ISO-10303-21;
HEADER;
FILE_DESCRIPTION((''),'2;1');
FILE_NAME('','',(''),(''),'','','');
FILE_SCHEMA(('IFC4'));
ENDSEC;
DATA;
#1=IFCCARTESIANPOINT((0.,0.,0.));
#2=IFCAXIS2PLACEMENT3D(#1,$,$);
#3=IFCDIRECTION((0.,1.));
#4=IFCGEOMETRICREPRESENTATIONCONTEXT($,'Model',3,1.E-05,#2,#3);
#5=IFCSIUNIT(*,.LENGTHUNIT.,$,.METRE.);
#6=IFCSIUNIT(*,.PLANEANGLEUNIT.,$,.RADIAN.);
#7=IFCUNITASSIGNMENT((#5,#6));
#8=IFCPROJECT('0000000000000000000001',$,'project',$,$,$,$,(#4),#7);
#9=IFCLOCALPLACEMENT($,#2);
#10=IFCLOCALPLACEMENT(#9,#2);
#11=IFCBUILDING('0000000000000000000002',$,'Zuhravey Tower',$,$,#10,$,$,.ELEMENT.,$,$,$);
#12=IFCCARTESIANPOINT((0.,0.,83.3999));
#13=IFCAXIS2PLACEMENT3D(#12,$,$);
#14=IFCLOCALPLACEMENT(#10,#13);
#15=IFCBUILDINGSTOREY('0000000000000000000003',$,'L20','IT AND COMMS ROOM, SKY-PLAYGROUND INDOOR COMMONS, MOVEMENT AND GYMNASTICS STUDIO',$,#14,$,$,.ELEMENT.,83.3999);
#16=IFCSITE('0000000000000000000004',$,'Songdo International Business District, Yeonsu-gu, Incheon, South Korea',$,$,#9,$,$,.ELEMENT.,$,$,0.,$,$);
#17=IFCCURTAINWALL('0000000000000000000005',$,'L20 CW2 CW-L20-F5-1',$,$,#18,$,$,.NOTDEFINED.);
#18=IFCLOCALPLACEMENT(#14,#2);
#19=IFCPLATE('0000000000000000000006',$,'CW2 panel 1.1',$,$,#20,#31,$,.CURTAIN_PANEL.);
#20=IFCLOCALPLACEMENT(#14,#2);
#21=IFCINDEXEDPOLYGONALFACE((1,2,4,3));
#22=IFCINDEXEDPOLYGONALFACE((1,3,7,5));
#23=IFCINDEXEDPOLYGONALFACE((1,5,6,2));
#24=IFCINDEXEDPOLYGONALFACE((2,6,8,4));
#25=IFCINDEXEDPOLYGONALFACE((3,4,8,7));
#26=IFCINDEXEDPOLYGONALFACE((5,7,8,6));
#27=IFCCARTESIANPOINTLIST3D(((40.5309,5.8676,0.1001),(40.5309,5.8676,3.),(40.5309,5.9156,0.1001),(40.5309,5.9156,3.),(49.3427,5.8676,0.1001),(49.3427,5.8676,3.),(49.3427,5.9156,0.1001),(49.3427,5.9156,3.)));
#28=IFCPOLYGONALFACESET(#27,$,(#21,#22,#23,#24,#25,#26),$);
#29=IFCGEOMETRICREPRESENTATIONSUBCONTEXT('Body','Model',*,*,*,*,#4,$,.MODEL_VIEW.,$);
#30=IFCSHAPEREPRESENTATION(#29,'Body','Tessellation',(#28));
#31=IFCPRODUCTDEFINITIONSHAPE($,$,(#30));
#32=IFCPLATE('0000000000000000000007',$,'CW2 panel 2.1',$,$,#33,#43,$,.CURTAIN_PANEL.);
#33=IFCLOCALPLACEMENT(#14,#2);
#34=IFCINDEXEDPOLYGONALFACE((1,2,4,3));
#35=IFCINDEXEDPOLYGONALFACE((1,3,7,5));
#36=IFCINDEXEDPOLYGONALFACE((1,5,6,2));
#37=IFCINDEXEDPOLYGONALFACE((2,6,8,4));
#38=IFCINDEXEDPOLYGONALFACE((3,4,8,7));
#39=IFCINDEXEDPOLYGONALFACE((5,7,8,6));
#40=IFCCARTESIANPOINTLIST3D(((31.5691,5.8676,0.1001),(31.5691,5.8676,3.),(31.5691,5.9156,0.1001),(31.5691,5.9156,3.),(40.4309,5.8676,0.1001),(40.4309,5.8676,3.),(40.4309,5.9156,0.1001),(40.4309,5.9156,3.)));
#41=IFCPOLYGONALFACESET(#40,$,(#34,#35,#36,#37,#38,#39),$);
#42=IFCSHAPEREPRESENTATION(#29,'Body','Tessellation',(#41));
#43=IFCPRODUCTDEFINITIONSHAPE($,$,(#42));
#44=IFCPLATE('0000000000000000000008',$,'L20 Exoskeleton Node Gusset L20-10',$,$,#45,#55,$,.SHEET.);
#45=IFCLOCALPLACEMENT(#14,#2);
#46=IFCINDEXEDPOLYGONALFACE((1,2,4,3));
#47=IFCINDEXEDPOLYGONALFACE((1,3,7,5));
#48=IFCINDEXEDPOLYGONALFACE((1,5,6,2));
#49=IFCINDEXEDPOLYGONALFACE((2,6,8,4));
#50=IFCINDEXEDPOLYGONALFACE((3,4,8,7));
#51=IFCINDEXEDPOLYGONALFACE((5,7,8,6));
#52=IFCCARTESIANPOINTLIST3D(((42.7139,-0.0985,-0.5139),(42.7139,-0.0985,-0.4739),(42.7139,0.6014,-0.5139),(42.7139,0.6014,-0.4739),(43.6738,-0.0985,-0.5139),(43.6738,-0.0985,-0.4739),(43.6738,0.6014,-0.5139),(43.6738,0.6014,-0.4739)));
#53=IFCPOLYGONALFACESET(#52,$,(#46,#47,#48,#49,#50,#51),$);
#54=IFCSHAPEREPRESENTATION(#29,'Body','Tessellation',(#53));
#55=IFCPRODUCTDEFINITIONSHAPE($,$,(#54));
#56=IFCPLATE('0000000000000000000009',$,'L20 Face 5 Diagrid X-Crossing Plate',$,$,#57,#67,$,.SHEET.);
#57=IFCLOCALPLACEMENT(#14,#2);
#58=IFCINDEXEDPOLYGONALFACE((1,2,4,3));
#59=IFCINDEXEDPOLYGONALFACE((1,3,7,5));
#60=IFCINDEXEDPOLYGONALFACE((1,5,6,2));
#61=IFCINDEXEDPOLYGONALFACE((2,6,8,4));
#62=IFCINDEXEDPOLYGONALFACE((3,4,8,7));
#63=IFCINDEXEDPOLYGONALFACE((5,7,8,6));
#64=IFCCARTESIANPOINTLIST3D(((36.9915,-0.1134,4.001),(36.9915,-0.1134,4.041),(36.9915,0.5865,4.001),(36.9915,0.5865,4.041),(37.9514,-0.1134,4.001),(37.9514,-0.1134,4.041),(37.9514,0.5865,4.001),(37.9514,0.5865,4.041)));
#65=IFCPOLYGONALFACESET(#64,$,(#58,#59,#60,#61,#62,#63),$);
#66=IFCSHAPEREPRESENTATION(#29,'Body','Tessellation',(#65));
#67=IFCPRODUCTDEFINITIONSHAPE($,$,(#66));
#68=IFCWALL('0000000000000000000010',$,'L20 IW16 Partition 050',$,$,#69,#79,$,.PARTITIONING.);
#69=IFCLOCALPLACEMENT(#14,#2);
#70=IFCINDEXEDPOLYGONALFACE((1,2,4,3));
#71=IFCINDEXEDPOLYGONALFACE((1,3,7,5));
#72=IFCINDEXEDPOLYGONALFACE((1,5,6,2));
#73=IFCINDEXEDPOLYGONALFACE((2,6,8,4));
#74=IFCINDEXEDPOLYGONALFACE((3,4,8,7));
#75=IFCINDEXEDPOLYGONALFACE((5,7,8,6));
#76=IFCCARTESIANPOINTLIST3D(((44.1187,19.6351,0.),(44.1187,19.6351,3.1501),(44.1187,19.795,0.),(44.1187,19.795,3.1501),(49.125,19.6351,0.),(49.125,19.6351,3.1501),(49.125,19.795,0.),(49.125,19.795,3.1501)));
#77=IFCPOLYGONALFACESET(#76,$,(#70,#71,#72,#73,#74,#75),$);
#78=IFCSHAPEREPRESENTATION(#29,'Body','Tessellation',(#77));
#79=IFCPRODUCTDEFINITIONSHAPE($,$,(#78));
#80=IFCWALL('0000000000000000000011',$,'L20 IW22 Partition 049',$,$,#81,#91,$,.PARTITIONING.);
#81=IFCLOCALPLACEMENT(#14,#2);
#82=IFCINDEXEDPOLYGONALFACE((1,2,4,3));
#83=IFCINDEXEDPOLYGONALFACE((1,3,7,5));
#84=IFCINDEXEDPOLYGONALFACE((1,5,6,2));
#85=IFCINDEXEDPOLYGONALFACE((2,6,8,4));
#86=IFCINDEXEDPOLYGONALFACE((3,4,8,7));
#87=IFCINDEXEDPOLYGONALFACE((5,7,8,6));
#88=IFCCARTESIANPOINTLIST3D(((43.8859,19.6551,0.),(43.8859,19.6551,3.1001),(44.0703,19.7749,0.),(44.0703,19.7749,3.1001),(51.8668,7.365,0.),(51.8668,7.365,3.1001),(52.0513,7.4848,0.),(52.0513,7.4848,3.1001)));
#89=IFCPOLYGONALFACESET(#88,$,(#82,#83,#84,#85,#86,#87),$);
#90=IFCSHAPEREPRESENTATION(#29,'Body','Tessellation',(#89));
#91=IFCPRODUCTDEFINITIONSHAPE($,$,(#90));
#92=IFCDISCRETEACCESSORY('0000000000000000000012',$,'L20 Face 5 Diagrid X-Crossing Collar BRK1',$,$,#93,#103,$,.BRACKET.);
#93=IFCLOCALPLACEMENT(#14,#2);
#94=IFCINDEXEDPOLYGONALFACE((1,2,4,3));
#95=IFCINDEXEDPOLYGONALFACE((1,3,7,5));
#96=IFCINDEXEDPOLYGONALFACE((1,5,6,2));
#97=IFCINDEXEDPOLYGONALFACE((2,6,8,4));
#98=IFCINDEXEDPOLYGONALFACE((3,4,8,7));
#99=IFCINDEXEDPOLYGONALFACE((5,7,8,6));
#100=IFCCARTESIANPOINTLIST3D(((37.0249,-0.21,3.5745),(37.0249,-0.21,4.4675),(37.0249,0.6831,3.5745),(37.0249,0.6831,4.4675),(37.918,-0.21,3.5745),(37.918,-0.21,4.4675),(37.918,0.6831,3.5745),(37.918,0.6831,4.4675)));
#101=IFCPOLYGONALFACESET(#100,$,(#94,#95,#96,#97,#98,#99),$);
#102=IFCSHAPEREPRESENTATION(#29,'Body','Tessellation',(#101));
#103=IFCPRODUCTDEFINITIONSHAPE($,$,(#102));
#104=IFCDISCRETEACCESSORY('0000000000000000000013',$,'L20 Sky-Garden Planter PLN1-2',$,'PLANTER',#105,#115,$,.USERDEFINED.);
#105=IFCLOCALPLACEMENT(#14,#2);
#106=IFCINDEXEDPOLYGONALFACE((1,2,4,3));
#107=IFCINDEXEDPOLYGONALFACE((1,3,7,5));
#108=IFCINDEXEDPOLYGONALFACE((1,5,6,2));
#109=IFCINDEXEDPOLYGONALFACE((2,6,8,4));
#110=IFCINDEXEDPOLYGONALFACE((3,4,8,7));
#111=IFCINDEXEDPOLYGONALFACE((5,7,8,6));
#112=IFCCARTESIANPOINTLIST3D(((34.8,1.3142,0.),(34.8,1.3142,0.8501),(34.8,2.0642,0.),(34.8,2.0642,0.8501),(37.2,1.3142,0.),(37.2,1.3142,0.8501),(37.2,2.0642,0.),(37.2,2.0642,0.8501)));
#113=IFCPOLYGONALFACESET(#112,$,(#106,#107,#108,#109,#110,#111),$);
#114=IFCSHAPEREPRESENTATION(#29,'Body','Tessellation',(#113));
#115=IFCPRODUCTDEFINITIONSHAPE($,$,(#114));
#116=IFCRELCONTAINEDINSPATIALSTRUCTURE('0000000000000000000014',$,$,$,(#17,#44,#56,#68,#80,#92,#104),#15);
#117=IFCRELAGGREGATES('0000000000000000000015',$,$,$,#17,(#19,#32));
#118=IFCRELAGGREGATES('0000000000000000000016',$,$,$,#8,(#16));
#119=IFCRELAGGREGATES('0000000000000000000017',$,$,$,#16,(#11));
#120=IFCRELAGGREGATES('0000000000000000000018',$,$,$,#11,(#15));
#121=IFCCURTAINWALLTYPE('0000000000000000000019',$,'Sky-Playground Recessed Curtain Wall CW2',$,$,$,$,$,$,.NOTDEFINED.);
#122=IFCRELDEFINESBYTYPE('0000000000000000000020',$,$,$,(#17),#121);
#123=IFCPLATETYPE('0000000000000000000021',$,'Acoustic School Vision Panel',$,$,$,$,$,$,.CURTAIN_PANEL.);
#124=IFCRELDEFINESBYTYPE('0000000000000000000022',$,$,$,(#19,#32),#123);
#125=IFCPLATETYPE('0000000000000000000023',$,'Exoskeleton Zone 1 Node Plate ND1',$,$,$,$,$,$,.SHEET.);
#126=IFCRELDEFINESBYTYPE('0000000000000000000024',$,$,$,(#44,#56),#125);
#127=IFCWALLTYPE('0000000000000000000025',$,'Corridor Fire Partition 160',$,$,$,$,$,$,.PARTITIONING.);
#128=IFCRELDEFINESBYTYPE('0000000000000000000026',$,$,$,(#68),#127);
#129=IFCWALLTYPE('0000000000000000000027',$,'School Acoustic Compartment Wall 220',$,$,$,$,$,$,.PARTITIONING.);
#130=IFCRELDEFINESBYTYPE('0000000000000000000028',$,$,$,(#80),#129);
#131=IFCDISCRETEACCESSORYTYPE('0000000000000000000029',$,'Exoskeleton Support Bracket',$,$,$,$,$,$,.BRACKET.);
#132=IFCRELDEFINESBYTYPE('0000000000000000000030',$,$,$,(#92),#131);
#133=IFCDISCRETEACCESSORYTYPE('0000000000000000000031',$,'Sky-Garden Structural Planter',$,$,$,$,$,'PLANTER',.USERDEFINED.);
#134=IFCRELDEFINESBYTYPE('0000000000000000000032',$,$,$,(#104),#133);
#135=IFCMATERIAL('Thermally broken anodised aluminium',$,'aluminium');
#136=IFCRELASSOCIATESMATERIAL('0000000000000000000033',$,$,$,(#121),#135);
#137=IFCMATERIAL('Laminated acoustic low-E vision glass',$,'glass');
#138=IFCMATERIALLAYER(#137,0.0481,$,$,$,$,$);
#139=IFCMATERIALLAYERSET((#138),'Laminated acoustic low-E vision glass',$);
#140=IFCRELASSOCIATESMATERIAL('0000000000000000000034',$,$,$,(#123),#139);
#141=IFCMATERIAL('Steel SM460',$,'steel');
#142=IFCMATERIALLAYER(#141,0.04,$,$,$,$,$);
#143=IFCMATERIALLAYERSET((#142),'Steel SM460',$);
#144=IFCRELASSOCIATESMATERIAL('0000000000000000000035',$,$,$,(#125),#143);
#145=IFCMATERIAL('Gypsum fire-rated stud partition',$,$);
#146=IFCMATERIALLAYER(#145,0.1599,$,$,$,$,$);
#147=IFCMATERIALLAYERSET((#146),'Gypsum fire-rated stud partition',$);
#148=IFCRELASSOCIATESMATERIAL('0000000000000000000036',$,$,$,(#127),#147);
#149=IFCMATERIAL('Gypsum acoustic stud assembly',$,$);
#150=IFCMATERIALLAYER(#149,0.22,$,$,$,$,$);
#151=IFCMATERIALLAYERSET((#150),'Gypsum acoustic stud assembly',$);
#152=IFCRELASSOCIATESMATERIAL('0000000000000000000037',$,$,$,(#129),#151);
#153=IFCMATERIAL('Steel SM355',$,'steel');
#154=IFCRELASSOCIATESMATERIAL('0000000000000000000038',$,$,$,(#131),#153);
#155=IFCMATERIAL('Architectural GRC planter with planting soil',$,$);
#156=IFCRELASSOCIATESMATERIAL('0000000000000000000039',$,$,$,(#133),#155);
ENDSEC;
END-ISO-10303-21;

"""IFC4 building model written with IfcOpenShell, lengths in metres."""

from ifc_helpers import new_model, si_unit, direction, frame, frame_2d, origin, origin_2d, place, context, subcontext, project, spatial, rectangle, extrude, material, layer, layer_set, type_object, element, aggregate, save


model = new_model("IFC4")

# Units and contexts
model_context = context("Model", 3, precision=1e-05, world=origin(), true_north=direction((0.0, 1.0)))
body_context = subcontext(model_context, "Body", "Model", "MODEL_VIEW")
ifc_project = project(units=[si_unit("LENGTHUNIT", "METRE"), si_unit("PLANEANGLEUNIT", "RADIAN")], contexts=[model_context])

# Site, building, storey
site_placement = place(None, origin())
site = spatial("IfcSite", under=ifc_project, at=site_placement, Name="Songdo International Business District, Yeonsu-gu, Incheon, South Korea", CompositionType="ELEMENT", RefElevation=0.0)
building_placement = place(site_placement, origin())
building = spatial("IfcBuilding", under=site, at=building_placement, Name="Zuhravey Tower", CompositionType="ELEMENT")
storey_placement = place(building_placement, frame((0.0, 0.0, 83.3999)))
storey = spatial("IfcBuildingStorey", under=building, at=storey_placement, Name="L20", Description="IT AND COMMS ROOM, SKY-PLAYGROUND INDOOR COMMONS, MOVEMENT AND GYMNASTICS STUDIO", CompositionType="ELEMENT", Elevation=83.3999)

# Shared definitions
ifc_material_1 = material(Name="Steel SM460", Category="steel")

# Curtain wall
ifc_material_2 = material(Name="Thermally broken anodised aluminium", Category="aluminium")
curtain_wall_type = type_object("IfcCurtainWallType", Name="Sky-Playground Recessed Curtain Wall CW2", PredefinedType="NOTDEFINED", material=ifc_material_2)
curtain_wall_placement = place(storey_placement, origin())
curtain_wall = element("IfcCurtainWall", 1, at=curtain_wall_placement, inside=storey, type_object=curtain_wall_type, Name="L20 CW2 CW-L20-F5-1", PredefinedType="NOTDEFINED")

# Shared definitions
ifc_material_3 = material(Name="Steel SM355", Category="steel")

# Plates
ifc_material_4 = material(Name="Laminated acoustic low-E vision glass", Category="glass")
ifc_layer_1 = layer(ifc_material_4, 0.0481)
ifc_layer_set_1 = layer_set([ifc_layer_1], Name="Laminated acoustic low-E vision glass")
plate_type_1 = type_object("IfcPlateType", Name="Acoustic School Vision Panel", PredefinedType="CURTAIN_PANEL", material=ifc_layer_set_1)
plate_1_placement = place(storey_placement, frame((44.9368, 5.8916, 0.1001), z_axis=(0.0, 0.0, 1.0), x_axis=(-1.0, 0.0, 0.0)))
plate_1 = element("IfcPlate", 2, at=plate_1_placement, type_object=plate_type_1, Name="CW2 panel 1.1", PredefinedType="CURTAIN_PANEL", context=body_context, shape_type="SweptSolid", body=[
    extrude(rectangle(XDim=8.8118, YDim=0.0481, at=origin_2d()), origin(), (0.0, 0.0, 1.0), 2.8999),
])
plate_2_placement = place(storey_placement, frame((36.0, 5.8916, 0.1001), z_axis=(0.0, 0.0, 1.0), x_axis=(-1.0, 0.0, 0.0)))
plate_2 = element("IfcPlate", 3, at=plate_2_placement, type_object=plate_type_1, Name="CW2 panel 2.1", PredefinedType="CURTAIN_PANEL", context=body_context, shape_type="SweptSolid", body=[
    extrude(rectangle(XDim=8.8618, YDim=0.0481, at=origin_2d()), origin(), (0.0, 0.0, 1.0), 2.8999),
])
aggregate(curtain_wall, [plate_1, plate_2])

# Plates
ifc_layer_2 = layer(ifc_material_1, 0.04)
ifc_layer_set_2 = layer_set([ifc_layer_2], Name="Steel SM460")
plate_type_2 = type_object("IfcPlateType", Name="Exoskeleton Zone 1 Node Plate ND1", PredefinedType="SHEET", material=ifc_layer_set_2)
for number, where, z_axis, x_axis, name in (
    (4, (43.1938, 0.2515, -0.5139), (0.0, 0.0, 1.0), (1.0, 0.0, 0.0), "L20 Exoskeleton Node Gusset L20-10"),
    (5, (37.4714, 0.2366, 4.001), (0.0, 0.0, 1.0), (1.0, 0.0, 0.0), "L20 Face 5 Diagrid X-Crossing Plate"),
):
    element("IfcPlate", number, at=place(storey_placement, frame(where, z_axis=z_axis, x_axis=x_axis)), inside=storey, type_object=plate_type_2, Name=name, PredefinedType="SHEET", context=body_context, shape_type="SweptSolid", body=[
        extrude(rectangle(XDim=0.96, YDim=0.7, at=origin_2d()), origin(), (0.0, 0.0, 1.0), 0.04),
    ])

# Walls
ifc_material_5 = material(Name="Gypsum fire-rated stud partition")
ifc_layer_3 = layer(ifc_material_5, 0.1599)
ifc_layer_set_3 = layer_set([ifc_layer_3], Name="Gypsum fire-rated stud partition")
wall_type_1 = type_object("IfcWallType", Name="Corridor Fire Partition 160", PredefinedType="PARTITIONING", material=ifc_layer_set_3)
wall_1_placement = place(storey_placement, frame((44.1187, 19.7151, 0.0), z_axis=(0.0, 0.0, 1.0), x_axis=(1.0, 0.0, 0.0)))
element("IfcWall", 6, at=wall_1_placement, inside=storey, type_object=wall_type_1, Name="L20 IW16 Partition 050", PredefinedType="PARTITIONING", context=body_context, shape_type="SweptSolid", body=[
    extrude(rectangle(XDim=5.0063, YDim=0.1599, at=frame_2d((2.5032, 0.0))), origin(), (0.0, 0.0, 1.0), 3.1501),
])
ifc_material_6 = material(Name="Gypsum acoustic stud assembly")
ifc_layer_4 = layer(ifc_material_6, 0.22)
ifc_layer_set_4 = layer_set([ifc_layer_4], Name="Gypsum acoustic stud assembly")
wall_type_2 = type_object("IfcWallType", Name="School Acoustic Compartment Wall 220", PredefinedType="PARTITIONING", material=ifc_layer_set_4)
wall_2_placement = place(storey_placement, frame((43.978, 19.7151, 0.0), z_axis=(0.0, 0.0, 1.0), x_axis=(0.544625, -0.83868, 0.0)))
element("IfcWall", 7, at=wall_2_placement, inside=storey, type_object=wall_type_2, Name="L20 IW22 Partition 049", PredefinedType="PARTITIONING", context=body_context, shape_type="SweptSolid", body=[
    extrude(rectangle(XDim=14.6541, YDim=0.22, at=frame_2d((7.3271, 0.0))), origin(), (0.0, 0.0, 1.0), 3.1001),
])

# Discrete accessories
discrete_accessory_type_1 = type_object("IfcDiscreteAccessoryType", Name="Exoskeleton Support Bracket", PredefinedType="BRACKET", material=ifc_material_3)
discrete_accessory_1_placement = place(storey_placement, frame((37.4714, 0.2366, 3.5745), z_axis=(0.0, 0.0, 1.0), x_axis=(1.0, 0.0, 0.0)))
element("IfcDiscreteAccessory", 8, at=discrete_accessory_1_placement, inside=storey, type_object=discrete_accessory_type_1, Name="L20 Face 5 Diagrid X-Crossing Collar BRK1", PredefinedType="BRACKET", context=body_context, shape_type="SweptSolid", body=[
    extrude(rectangle(XDim=0.8931, YDim=0.8931, at=origin_2d()), origin(), (0.0, 0.0, 1.0), 0.8931),
])
ifc_material_7 = material(Name="Architectural GRC planter with planting soil")
discrete_accessory_type_2 = type_object("IfcDiscreteAccessoryType", Name="Sky-Garden Structural Planter", ElementType="PLANTER", PredefinedType="USERDEFINED", material=ifc_material_7)
discrete_accessory_2_placement = place(storey_placement, frame((36.0, 1.6892, 0.0), z_axis=(0.0, 0.0, 1.0), x_axis=(1.0, 0.0, 0.0)))
element("IfcDiscreteAccessory", 9, at=discrete_accessory_2_placement, inside=storey, type_object=discrete_accessory_type_2, Name="L20 Sky-Garden Planter PLN1-2", ObjectType="PLANTER", PredefinedType="USERDEFINED", context=body_context, shape_type="SweptSolid", body=[
    extrude(rectangle(XDim=2.3999, YDim=0.75, at=origin_2d()), origin(), (0.0, 0.0, 1.0), 0.8501),
])

save(model, "model.ifc")
